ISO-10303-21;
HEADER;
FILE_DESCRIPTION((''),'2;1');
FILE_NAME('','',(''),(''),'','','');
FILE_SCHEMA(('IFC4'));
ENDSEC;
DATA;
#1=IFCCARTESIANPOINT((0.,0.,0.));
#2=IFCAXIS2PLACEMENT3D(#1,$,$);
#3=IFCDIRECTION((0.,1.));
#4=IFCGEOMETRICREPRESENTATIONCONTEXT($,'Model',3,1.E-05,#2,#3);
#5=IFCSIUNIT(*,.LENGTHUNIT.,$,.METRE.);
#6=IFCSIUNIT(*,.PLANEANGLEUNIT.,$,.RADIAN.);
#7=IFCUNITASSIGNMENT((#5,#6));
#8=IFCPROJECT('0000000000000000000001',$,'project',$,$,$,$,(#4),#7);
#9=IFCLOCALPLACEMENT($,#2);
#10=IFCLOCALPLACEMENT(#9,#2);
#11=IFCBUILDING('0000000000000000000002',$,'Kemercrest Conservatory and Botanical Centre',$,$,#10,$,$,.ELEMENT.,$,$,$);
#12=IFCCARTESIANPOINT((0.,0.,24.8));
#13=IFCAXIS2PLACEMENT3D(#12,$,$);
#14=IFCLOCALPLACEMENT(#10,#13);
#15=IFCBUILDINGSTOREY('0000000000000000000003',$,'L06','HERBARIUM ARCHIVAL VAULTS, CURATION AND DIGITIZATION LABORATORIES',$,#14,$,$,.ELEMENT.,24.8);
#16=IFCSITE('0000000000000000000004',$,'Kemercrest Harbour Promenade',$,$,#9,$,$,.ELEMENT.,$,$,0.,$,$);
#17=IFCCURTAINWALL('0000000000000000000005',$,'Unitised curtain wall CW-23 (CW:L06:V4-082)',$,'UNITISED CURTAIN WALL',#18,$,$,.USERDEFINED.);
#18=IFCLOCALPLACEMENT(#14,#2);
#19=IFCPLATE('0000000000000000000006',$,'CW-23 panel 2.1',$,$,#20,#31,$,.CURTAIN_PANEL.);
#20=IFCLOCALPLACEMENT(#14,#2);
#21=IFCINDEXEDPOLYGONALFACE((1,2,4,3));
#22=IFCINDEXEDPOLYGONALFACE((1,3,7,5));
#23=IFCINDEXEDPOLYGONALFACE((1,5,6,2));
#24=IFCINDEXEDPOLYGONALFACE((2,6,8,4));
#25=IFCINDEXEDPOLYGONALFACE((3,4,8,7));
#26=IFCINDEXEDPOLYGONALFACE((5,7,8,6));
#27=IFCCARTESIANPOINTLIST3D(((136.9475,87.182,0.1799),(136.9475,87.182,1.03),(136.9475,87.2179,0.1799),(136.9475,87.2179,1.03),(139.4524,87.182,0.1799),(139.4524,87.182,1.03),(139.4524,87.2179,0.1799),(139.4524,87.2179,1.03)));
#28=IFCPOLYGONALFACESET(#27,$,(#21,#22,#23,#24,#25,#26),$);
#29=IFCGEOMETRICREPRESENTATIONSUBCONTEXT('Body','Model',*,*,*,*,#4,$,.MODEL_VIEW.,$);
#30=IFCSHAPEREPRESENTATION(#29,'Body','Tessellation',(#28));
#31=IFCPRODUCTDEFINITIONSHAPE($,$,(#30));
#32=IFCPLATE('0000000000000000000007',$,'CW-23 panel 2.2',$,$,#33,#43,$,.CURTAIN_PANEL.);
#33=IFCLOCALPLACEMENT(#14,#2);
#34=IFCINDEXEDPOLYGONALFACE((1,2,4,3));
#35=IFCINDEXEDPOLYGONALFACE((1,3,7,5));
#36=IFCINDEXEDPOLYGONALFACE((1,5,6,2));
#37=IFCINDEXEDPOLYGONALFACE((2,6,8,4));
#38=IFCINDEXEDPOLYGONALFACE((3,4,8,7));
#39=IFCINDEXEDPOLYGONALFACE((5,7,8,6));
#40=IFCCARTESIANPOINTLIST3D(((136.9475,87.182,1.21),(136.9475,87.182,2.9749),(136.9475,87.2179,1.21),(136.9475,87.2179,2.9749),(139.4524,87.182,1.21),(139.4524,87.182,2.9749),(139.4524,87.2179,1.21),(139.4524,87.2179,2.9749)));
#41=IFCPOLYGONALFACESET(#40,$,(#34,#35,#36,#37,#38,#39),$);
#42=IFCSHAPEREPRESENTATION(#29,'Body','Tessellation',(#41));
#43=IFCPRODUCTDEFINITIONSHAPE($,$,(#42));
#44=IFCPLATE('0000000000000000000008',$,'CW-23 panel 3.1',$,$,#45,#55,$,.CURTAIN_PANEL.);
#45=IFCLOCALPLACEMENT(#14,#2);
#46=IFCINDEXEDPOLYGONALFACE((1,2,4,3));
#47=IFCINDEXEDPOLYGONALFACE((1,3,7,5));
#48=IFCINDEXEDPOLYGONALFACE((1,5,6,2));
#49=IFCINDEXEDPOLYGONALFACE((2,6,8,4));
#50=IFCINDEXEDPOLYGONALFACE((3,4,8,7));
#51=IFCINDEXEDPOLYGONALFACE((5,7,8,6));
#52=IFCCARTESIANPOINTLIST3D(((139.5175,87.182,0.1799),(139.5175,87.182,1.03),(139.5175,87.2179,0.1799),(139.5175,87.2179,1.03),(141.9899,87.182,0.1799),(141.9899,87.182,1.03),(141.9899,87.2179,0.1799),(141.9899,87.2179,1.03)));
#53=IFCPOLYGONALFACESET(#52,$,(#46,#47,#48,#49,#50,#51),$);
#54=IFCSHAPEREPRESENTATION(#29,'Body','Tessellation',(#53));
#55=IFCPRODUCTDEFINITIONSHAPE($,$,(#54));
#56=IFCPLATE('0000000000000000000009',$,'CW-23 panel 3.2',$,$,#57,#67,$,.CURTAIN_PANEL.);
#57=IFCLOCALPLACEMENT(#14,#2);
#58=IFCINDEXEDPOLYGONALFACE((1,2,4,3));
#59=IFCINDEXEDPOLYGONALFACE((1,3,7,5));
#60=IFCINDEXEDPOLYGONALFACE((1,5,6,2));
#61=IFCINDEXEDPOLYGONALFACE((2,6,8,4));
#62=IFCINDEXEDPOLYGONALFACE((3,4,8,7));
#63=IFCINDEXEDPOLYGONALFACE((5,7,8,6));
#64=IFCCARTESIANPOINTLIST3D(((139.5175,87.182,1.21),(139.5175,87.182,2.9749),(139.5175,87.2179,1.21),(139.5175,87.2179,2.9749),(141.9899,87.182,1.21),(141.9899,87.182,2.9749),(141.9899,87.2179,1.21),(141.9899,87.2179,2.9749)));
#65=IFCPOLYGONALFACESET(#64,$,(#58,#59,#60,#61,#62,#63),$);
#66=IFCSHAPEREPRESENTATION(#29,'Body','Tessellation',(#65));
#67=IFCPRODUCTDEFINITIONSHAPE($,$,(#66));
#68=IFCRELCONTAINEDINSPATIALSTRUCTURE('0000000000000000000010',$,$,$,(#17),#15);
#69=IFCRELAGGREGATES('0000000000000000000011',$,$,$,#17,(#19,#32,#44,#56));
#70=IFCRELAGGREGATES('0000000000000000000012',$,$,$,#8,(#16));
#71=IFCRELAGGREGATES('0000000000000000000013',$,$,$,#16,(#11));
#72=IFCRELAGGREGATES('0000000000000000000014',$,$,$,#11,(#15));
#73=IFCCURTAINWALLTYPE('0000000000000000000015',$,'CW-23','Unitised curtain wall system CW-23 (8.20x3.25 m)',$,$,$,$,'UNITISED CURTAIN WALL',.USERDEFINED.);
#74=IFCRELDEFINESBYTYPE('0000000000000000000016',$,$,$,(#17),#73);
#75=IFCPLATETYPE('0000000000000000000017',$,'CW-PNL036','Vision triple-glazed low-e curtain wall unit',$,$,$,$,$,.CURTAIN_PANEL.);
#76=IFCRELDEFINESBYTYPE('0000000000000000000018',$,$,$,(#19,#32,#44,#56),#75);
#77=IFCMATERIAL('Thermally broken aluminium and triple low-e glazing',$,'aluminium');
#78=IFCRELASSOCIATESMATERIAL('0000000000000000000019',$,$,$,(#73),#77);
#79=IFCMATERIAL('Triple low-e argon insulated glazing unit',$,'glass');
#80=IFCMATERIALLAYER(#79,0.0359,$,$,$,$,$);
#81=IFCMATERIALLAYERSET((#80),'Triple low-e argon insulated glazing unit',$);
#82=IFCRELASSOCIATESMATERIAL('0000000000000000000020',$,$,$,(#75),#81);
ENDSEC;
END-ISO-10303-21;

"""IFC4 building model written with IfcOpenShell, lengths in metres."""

from ifc_helpers import new_model, si_unit, direction, frame, origin, origin_2d, place, context, subcontext, project, spatial, rectangle, extrude, material, layer, layer_set, type_object, element, aggregate, save


model = new_model("IFC4")

# Units and contexts
model_context = context("Model", 3, precision=1e-05, world=origin(), true_north=direction((0.0, 1.0)))
body_context = subcontext(model_context, "Body", "Model", "MODEL_VIEW")
ifc_project = project(units=[si_unit("LENGTHUNIT", "METRE"), si_unit("PLANEANGLEUNIT", "RADIAN")], contexts=[model_context])

# Site, building, storey
site_placement = place(None, origin())
site = spatial("IfcSite", under=ifc_project, at=site_placement, Name="Kemercrest Harbour Promenade", CompositionType="ELEMENT", RefElevation=0.0)
building_placement = place(site_placement, origin())
building = spatial("IfcBuilding", under=site, at=building_placement, Name="Kemercrest Conservatory and Botanical Centre", CompositionType="ELEMENT")
storey_placement = place(building_placement, frame((0.0, 0.0, 24.8)))
storey = spatial("IfcBuildingStorey", under=building, at=storey_placement, Name="L06", Description="HERBARIUM ARCHIVAL VAULTS, CURATION AND DIGITIZATION LABORATORIES", CompositionType="ELEMENT", Elevation=24.8)

# Curtain wall, plates
ifc_material_1 = material(Name="Thermally broken aluminium and triple low-e glazing", Category="aluminium")
curtain_wall_type = type_object("IfcCurtainWallType", Name="CW-23", Description="Unitised curtain wall system CW-23 (8.20x3.25 m)", ElementType="UNITISED CURTAIN WALL", PredefinedType="USERDEFINED", material=ifc_material_1)
curtain_wall_placement = place(storey_placement, origin())
curtain_wall = element("IfcCurtainWall", 1, at=curtain_wall_placement, inside=storey, type_object=curtain_wall_type, Name="Unitised curtain wall CW-23 (CW:L06:V4-082)", ObjectType="UNITISED CURTAIN WALL", PredefinedType="USERDEFINED")
ifc_material_2 = material(Name="Triple low-e argon insulated glazing unit", Category="glass")
ifc_layer = layer(ifc_material_2, 0.0359)
ifc_layer_set = layer_set([ifc_layer], Name="Triple low-e argon insulated glazing unit")
plate_type = type_object("IfcPlateType", Name="CW-PNL036", Description="Vision triple-glazed low-e curtain wall unit", PredefinedType="CURTAIN_PANEL", material=ifc_layer_set)
plate_1_placement = place(storey_placement, frame((138.2, 87.2, 0.1799), z_axis=(0.0, 0.0, 1.0), x_axis=(1.0, 0.0, 0.0)))
plate_1 = element("IfcPlate", 2, at=plate_1_placement, type_object=plate_type, Name="CW-23 panel 2.1", PredefinedType="CURTAIN_PANEL", context=body_context, shape_type="SweptSolid", body=[
    extrude(rectangle(XDim=2.5049, YDim=0.0359, at=origin_2d()), origin(), (0.0, 0.0, 1.0), 0.8501),
])
plate_2_placement = place(storey_placement, frame((138.2, 87.2, 1.21), z_axis=(0.0, 0.0, 1.0), x_axis=(1.0, 0.0, 0.0)))
plate_2 = element("IfcPlate", 3, at=plate_2_placement, type_object=plate_type, Name="CW-23 panel 2.2", PredefinedType="CURTAIN_PANEL", context=body_context, shape_type="SweptSolid", body=[
    extrude(rectangle(XDim=2.5049, YDim=0.0359, at=origin_2d()), origin(), (0.0, 0.0, 1.0), 1.7649),
])
plate_3_placement = place(storey_placement, frame((140.7537, 87.2, 0.1799), z_axis=(0.0, 0.0, 1.0), x_axis=(1.0, 0.0, 0.0)))
plate_3 = element("IfcPlate", 4, at=plate_3_placement, type_object=plate_type, Name="CW-23 panel 3.1", PredefinedType="CURTAIN_PANEL", context=body_context, shape_type="SweptSolid", body=[
    extrude(rectangle(XDim=2.4724, YDim=0.0359, at=origin_2d()), origin(), (0.0, 0.0, 1.0), 0.8501),
])
plate_4_placement = place(storey_placement, frame((140.7537, 87.2, 1.21), z_axis=(0.0, 0.0, 1.0), x_axis=(1.0, 0.0, 0.0)))
plate_4 = element("IfcPlate", 5, at=plate_4_placement, type_object=plate_type, Name="CW-23 panel 3.2", PredefinedType="CURTAIN_PANEL", context=body_context, shape_type="SweptSolid", body=[
    extrude(rectangle(XDim=2.4724, YDim=0.0359, at=origin_2d()), origin(), (0.0, 0.0, 1.0), 1.7649),
])
aggregate(curtain_wall, [plate_1, plate_2, plate_3, plate_4])

save(model, "model.ifc")
